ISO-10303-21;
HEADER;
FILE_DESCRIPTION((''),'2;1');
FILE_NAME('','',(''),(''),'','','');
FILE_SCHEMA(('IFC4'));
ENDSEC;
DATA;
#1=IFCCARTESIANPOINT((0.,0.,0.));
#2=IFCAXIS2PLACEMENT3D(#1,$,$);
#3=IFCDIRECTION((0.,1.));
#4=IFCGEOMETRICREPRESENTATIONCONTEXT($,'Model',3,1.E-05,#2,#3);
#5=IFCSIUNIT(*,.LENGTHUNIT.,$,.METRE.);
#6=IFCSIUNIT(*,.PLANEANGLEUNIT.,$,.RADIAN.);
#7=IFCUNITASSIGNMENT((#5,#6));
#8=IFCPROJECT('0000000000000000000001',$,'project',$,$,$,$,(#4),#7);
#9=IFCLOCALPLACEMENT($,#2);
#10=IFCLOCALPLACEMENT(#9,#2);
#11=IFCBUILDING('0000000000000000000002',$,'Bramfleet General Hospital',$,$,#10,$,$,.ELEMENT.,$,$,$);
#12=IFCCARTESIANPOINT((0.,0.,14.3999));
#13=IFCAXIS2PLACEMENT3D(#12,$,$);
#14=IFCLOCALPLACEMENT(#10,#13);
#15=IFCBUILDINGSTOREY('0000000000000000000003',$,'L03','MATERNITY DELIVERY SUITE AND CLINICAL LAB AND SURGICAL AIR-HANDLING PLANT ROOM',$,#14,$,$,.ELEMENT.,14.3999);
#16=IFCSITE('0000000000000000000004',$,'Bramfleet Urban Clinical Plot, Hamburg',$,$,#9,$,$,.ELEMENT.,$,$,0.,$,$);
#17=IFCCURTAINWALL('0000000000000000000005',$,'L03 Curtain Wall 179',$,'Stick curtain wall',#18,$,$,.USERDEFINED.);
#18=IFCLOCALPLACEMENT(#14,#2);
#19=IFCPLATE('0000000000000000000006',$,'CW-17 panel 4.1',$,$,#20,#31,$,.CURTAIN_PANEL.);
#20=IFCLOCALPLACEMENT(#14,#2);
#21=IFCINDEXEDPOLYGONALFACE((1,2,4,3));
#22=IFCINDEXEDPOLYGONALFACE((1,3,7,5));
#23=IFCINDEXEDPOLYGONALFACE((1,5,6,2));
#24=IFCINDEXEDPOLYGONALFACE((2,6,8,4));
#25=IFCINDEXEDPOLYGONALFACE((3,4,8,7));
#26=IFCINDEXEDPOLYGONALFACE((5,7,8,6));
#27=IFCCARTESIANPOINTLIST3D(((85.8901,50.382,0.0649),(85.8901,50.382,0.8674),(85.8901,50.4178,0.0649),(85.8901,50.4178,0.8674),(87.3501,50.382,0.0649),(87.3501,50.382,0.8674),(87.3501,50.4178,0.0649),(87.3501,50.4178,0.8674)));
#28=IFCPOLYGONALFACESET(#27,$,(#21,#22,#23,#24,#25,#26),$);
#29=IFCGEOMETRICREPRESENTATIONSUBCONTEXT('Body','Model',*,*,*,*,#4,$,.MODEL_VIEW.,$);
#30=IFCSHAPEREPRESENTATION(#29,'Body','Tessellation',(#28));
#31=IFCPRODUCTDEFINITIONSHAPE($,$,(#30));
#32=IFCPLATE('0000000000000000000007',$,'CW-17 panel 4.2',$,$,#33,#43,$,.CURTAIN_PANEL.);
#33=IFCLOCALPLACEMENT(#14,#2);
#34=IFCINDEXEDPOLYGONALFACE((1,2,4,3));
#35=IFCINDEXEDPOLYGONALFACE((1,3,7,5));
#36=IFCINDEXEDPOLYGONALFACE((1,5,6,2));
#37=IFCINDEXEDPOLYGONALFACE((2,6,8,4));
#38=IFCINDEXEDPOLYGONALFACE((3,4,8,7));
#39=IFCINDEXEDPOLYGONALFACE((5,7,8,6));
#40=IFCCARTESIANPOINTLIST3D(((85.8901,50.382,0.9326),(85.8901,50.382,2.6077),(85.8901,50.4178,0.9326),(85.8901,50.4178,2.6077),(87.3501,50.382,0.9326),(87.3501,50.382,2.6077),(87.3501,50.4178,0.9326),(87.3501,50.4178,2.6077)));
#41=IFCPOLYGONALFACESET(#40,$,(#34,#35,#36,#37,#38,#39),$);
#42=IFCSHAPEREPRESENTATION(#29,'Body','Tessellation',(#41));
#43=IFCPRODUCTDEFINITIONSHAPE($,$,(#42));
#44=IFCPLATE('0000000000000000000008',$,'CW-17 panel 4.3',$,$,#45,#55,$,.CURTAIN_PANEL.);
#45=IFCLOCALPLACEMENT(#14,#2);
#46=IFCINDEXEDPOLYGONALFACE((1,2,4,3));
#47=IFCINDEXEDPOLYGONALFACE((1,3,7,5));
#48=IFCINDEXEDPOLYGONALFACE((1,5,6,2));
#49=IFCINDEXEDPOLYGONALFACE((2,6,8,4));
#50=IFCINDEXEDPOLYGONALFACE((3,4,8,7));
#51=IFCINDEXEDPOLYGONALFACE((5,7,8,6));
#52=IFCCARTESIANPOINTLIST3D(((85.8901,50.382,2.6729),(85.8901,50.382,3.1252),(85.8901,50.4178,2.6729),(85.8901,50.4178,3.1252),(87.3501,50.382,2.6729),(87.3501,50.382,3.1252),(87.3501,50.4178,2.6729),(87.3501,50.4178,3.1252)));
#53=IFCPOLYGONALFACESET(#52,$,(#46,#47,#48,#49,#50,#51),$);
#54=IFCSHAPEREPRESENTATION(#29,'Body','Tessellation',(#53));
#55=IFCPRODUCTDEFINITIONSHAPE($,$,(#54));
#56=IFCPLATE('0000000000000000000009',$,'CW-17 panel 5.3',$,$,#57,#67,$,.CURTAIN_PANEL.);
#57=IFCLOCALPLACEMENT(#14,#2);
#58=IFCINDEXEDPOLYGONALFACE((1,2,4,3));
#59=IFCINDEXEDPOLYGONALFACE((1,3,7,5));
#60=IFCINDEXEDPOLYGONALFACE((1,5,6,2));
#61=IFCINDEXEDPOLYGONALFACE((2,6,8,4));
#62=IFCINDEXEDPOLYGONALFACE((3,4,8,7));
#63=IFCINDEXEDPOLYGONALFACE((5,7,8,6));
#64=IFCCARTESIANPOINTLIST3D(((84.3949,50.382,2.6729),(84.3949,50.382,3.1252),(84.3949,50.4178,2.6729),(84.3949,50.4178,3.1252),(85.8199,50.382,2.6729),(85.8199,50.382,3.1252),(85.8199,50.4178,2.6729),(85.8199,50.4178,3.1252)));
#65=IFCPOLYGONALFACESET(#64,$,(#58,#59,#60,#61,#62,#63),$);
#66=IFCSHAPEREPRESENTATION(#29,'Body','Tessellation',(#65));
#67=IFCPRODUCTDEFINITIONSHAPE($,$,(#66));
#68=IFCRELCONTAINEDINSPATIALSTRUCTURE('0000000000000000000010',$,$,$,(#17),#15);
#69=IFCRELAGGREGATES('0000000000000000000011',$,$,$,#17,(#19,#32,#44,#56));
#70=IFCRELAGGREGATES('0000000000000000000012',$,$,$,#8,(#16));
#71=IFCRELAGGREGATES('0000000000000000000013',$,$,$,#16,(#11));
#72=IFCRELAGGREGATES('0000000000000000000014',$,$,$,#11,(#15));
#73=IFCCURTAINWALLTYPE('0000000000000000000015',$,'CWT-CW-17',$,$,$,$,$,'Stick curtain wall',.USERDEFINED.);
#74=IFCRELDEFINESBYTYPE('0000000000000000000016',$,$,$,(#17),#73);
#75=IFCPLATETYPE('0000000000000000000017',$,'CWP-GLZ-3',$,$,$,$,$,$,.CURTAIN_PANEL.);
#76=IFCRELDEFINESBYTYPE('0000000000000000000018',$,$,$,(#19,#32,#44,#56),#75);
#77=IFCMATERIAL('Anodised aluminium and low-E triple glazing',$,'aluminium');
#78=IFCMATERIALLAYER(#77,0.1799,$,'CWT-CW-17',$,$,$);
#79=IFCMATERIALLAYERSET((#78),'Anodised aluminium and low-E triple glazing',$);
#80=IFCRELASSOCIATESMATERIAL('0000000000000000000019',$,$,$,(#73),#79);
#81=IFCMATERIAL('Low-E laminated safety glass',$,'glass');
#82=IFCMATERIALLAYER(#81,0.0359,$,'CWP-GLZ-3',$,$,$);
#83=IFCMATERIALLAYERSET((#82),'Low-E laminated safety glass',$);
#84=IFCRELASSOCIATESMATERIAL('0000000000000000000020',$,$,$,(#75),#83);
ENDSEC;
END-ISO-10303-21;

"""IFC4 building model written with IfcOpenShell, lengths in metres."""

from ifc_helpers import new_model, si_unit, direction, frame, origin, origin_2d, place, context, subcontext, project, spatial, rectangle, extrude, material, layer, layer_set, type_object, element, aggregate, save


model = new_model("IFC4")

# Units and contexts
model_context = context("Model", 3, precision=1e-05, world=origin(), true_north=direction((0.0, 1.0)))
body_context = subcontext(model_context, "Body", "Model", "MODEL_VIEW")
ifc_project = project(units=[si_unit("LENGTHUNIT", "METRE"), si_unit("PLANEANGLEUNIT", "RADIAN")], contexts=[model_context])

# Site, building, storey
site_placement = place(None, origin())
site = spatial("IfcSite", under=ifc_project, at=site_placement, Name="Bramfleet Urban Clinical Plot, Hamburg", CompositionType="ELEMENT", RefElevation=0.0)
building_placement = place(site_placement, origin())
building = spatial("IfcBuilding", under=site, at=building_placement, Name="Bramfleet General Hospital", CompositionType="ELEMENT")
storey_placement = place(building_placement, frame((0.0, 0.0, 14.3999)))
storey = spatial("IfcBuildingStorey", under=building, at=storey_placement, Name="L03", Description="MATERNITY DELIVERY SUITE AND CLINICAL LAB AND SURGICAL AIR-HANDLING PLANT ROOM", CompositionType="ELEMENT", Elevation=14.3999)

# Curtain wall, plates
ifc_material_1 = material(Name="Anodised aluminium and low-E triple glazing", Category="aluminium")
ifc_layer_1 = layer(ifc_material_1, 0.1799, Name="CWT-CW-17")
ifc_layer_set_1 = layer_set([ifc_layer_1], Name="Anodised aluminium and low-E triple glazing")
curtain_wall_type = type_object("IfcCurtainWallType", Name="CWT-CW-17", ElementType="Stick curtain wall", PredefinedType="USERDEFINED", material=ifc_layer_set_1)
curtain_wall_placement = place(storey_placement, origin())
curtain_wall = element("IfcCurtainWall", 1, at=curtain_wall_placement, inside=storey, type_object=curtain_wall_type, Name="L03 Curtain Wall 179", ObjectType="Stick curtain wall", PredefinedType="USERDEFINED")
ifc_material_2 = material(Name="Low-E laminated safety glass", Category="glass")
ifc_layer_2 = layer(ifc_material_2, 0.0359, Name="CWP-GLZ-3")
ifc_layer_set_2 = layer_set([ifc_layer_2], Name="Low-E laminated safety glass")
plate_type = type_object("IfcPlateType", Name="CWP-GLZ-3", PredefinedType="CURTAIN_PANEL", material=ifc_layer_set_2)
plate_1_placement = place(storey_placement, frame((86.6201, 50.3999, 0.0649), z_axis=(0.0, 0.0, 1.0), x_axis=(-1.0, 0.0, 0.0)))
plate_1 = element("IfcPlate", 2, at=plate_1_placement, type_object=plate_type, Name="CW-17 panel 4.1", PredefinedType="CURTAIN_PANEL", context=body_context, shape_type="SweptSolid", body=[
    extrude(rectangle(XDim=1.46, YDim=0.0359, at=origin_2d()), origin(), (0.0, 0.0, 1.0), 0.8025),
])
plate_2_placement = place(storey_placement, frame((86.6201, 50.3999, 0.9326), z_axis=(0.0, 0.0, 1.0), x_axis=(-1.0, 0.0, 0.0)))
plate_2 = element("IfcPlate", 3, at=plate_2_placement, type_object=plate_type, Name="CW-17 panel 4.2", PredefinedType="CURTAIN_PANEL", context=body_context, shape_type="SweptSolid", body=[
    extrude(rectangle(XDim=1.46, YDim=0.0359, at=origin_2d()), origin(), (0.0, 0.0, 1.0), 1.675),
])
plate_3_placement = place(storey_placement, frame((86.6201, 50.3999, 2.6729), z_axis=(0.0, 0.0, 1.0), x_axis=(-1.0, 0.0, 0.0)))
plate_3 = element("IfcPlate", 4, at=plate_3_placement, type_object=plate_type, Name="CW-17 panel 4.3", PredefinedType="CURTAIN_PANEL", context=body_context, shape_type="SweptSolid", body=[
    extrude(rectangle(XDim=1.46, YDim=0.0359, at=origin_2d()), origin(), (0.0, 0.0, 1.0), 0.4524),
])
plate_4_placement = place(storey_placement, frame((85.1074, 50.3999, 2.6729), z_axis=(0.0, 0.0, 1.0), x_axis=(-1.0, 0.0, 0.0)))
plate_4 = element("IfcPlate", 5, at=plate_4_placement, type_object=plate_type, Name="CW-17 panel 5.3", PredefinedType="CURTAIN_PANEL", context=body_context, shape_type="SweptSolid", body=[
    extrude(rectangle(XDim=1.425, YDim=0.0359, at=origin_2d()), origin(), (0.0, 0.0, 1.0), 0.4524),
])
aggregate(curtain_wall, [plate_1, plate_2, plate_3, plate_4])

save(model, "model.ifc")
